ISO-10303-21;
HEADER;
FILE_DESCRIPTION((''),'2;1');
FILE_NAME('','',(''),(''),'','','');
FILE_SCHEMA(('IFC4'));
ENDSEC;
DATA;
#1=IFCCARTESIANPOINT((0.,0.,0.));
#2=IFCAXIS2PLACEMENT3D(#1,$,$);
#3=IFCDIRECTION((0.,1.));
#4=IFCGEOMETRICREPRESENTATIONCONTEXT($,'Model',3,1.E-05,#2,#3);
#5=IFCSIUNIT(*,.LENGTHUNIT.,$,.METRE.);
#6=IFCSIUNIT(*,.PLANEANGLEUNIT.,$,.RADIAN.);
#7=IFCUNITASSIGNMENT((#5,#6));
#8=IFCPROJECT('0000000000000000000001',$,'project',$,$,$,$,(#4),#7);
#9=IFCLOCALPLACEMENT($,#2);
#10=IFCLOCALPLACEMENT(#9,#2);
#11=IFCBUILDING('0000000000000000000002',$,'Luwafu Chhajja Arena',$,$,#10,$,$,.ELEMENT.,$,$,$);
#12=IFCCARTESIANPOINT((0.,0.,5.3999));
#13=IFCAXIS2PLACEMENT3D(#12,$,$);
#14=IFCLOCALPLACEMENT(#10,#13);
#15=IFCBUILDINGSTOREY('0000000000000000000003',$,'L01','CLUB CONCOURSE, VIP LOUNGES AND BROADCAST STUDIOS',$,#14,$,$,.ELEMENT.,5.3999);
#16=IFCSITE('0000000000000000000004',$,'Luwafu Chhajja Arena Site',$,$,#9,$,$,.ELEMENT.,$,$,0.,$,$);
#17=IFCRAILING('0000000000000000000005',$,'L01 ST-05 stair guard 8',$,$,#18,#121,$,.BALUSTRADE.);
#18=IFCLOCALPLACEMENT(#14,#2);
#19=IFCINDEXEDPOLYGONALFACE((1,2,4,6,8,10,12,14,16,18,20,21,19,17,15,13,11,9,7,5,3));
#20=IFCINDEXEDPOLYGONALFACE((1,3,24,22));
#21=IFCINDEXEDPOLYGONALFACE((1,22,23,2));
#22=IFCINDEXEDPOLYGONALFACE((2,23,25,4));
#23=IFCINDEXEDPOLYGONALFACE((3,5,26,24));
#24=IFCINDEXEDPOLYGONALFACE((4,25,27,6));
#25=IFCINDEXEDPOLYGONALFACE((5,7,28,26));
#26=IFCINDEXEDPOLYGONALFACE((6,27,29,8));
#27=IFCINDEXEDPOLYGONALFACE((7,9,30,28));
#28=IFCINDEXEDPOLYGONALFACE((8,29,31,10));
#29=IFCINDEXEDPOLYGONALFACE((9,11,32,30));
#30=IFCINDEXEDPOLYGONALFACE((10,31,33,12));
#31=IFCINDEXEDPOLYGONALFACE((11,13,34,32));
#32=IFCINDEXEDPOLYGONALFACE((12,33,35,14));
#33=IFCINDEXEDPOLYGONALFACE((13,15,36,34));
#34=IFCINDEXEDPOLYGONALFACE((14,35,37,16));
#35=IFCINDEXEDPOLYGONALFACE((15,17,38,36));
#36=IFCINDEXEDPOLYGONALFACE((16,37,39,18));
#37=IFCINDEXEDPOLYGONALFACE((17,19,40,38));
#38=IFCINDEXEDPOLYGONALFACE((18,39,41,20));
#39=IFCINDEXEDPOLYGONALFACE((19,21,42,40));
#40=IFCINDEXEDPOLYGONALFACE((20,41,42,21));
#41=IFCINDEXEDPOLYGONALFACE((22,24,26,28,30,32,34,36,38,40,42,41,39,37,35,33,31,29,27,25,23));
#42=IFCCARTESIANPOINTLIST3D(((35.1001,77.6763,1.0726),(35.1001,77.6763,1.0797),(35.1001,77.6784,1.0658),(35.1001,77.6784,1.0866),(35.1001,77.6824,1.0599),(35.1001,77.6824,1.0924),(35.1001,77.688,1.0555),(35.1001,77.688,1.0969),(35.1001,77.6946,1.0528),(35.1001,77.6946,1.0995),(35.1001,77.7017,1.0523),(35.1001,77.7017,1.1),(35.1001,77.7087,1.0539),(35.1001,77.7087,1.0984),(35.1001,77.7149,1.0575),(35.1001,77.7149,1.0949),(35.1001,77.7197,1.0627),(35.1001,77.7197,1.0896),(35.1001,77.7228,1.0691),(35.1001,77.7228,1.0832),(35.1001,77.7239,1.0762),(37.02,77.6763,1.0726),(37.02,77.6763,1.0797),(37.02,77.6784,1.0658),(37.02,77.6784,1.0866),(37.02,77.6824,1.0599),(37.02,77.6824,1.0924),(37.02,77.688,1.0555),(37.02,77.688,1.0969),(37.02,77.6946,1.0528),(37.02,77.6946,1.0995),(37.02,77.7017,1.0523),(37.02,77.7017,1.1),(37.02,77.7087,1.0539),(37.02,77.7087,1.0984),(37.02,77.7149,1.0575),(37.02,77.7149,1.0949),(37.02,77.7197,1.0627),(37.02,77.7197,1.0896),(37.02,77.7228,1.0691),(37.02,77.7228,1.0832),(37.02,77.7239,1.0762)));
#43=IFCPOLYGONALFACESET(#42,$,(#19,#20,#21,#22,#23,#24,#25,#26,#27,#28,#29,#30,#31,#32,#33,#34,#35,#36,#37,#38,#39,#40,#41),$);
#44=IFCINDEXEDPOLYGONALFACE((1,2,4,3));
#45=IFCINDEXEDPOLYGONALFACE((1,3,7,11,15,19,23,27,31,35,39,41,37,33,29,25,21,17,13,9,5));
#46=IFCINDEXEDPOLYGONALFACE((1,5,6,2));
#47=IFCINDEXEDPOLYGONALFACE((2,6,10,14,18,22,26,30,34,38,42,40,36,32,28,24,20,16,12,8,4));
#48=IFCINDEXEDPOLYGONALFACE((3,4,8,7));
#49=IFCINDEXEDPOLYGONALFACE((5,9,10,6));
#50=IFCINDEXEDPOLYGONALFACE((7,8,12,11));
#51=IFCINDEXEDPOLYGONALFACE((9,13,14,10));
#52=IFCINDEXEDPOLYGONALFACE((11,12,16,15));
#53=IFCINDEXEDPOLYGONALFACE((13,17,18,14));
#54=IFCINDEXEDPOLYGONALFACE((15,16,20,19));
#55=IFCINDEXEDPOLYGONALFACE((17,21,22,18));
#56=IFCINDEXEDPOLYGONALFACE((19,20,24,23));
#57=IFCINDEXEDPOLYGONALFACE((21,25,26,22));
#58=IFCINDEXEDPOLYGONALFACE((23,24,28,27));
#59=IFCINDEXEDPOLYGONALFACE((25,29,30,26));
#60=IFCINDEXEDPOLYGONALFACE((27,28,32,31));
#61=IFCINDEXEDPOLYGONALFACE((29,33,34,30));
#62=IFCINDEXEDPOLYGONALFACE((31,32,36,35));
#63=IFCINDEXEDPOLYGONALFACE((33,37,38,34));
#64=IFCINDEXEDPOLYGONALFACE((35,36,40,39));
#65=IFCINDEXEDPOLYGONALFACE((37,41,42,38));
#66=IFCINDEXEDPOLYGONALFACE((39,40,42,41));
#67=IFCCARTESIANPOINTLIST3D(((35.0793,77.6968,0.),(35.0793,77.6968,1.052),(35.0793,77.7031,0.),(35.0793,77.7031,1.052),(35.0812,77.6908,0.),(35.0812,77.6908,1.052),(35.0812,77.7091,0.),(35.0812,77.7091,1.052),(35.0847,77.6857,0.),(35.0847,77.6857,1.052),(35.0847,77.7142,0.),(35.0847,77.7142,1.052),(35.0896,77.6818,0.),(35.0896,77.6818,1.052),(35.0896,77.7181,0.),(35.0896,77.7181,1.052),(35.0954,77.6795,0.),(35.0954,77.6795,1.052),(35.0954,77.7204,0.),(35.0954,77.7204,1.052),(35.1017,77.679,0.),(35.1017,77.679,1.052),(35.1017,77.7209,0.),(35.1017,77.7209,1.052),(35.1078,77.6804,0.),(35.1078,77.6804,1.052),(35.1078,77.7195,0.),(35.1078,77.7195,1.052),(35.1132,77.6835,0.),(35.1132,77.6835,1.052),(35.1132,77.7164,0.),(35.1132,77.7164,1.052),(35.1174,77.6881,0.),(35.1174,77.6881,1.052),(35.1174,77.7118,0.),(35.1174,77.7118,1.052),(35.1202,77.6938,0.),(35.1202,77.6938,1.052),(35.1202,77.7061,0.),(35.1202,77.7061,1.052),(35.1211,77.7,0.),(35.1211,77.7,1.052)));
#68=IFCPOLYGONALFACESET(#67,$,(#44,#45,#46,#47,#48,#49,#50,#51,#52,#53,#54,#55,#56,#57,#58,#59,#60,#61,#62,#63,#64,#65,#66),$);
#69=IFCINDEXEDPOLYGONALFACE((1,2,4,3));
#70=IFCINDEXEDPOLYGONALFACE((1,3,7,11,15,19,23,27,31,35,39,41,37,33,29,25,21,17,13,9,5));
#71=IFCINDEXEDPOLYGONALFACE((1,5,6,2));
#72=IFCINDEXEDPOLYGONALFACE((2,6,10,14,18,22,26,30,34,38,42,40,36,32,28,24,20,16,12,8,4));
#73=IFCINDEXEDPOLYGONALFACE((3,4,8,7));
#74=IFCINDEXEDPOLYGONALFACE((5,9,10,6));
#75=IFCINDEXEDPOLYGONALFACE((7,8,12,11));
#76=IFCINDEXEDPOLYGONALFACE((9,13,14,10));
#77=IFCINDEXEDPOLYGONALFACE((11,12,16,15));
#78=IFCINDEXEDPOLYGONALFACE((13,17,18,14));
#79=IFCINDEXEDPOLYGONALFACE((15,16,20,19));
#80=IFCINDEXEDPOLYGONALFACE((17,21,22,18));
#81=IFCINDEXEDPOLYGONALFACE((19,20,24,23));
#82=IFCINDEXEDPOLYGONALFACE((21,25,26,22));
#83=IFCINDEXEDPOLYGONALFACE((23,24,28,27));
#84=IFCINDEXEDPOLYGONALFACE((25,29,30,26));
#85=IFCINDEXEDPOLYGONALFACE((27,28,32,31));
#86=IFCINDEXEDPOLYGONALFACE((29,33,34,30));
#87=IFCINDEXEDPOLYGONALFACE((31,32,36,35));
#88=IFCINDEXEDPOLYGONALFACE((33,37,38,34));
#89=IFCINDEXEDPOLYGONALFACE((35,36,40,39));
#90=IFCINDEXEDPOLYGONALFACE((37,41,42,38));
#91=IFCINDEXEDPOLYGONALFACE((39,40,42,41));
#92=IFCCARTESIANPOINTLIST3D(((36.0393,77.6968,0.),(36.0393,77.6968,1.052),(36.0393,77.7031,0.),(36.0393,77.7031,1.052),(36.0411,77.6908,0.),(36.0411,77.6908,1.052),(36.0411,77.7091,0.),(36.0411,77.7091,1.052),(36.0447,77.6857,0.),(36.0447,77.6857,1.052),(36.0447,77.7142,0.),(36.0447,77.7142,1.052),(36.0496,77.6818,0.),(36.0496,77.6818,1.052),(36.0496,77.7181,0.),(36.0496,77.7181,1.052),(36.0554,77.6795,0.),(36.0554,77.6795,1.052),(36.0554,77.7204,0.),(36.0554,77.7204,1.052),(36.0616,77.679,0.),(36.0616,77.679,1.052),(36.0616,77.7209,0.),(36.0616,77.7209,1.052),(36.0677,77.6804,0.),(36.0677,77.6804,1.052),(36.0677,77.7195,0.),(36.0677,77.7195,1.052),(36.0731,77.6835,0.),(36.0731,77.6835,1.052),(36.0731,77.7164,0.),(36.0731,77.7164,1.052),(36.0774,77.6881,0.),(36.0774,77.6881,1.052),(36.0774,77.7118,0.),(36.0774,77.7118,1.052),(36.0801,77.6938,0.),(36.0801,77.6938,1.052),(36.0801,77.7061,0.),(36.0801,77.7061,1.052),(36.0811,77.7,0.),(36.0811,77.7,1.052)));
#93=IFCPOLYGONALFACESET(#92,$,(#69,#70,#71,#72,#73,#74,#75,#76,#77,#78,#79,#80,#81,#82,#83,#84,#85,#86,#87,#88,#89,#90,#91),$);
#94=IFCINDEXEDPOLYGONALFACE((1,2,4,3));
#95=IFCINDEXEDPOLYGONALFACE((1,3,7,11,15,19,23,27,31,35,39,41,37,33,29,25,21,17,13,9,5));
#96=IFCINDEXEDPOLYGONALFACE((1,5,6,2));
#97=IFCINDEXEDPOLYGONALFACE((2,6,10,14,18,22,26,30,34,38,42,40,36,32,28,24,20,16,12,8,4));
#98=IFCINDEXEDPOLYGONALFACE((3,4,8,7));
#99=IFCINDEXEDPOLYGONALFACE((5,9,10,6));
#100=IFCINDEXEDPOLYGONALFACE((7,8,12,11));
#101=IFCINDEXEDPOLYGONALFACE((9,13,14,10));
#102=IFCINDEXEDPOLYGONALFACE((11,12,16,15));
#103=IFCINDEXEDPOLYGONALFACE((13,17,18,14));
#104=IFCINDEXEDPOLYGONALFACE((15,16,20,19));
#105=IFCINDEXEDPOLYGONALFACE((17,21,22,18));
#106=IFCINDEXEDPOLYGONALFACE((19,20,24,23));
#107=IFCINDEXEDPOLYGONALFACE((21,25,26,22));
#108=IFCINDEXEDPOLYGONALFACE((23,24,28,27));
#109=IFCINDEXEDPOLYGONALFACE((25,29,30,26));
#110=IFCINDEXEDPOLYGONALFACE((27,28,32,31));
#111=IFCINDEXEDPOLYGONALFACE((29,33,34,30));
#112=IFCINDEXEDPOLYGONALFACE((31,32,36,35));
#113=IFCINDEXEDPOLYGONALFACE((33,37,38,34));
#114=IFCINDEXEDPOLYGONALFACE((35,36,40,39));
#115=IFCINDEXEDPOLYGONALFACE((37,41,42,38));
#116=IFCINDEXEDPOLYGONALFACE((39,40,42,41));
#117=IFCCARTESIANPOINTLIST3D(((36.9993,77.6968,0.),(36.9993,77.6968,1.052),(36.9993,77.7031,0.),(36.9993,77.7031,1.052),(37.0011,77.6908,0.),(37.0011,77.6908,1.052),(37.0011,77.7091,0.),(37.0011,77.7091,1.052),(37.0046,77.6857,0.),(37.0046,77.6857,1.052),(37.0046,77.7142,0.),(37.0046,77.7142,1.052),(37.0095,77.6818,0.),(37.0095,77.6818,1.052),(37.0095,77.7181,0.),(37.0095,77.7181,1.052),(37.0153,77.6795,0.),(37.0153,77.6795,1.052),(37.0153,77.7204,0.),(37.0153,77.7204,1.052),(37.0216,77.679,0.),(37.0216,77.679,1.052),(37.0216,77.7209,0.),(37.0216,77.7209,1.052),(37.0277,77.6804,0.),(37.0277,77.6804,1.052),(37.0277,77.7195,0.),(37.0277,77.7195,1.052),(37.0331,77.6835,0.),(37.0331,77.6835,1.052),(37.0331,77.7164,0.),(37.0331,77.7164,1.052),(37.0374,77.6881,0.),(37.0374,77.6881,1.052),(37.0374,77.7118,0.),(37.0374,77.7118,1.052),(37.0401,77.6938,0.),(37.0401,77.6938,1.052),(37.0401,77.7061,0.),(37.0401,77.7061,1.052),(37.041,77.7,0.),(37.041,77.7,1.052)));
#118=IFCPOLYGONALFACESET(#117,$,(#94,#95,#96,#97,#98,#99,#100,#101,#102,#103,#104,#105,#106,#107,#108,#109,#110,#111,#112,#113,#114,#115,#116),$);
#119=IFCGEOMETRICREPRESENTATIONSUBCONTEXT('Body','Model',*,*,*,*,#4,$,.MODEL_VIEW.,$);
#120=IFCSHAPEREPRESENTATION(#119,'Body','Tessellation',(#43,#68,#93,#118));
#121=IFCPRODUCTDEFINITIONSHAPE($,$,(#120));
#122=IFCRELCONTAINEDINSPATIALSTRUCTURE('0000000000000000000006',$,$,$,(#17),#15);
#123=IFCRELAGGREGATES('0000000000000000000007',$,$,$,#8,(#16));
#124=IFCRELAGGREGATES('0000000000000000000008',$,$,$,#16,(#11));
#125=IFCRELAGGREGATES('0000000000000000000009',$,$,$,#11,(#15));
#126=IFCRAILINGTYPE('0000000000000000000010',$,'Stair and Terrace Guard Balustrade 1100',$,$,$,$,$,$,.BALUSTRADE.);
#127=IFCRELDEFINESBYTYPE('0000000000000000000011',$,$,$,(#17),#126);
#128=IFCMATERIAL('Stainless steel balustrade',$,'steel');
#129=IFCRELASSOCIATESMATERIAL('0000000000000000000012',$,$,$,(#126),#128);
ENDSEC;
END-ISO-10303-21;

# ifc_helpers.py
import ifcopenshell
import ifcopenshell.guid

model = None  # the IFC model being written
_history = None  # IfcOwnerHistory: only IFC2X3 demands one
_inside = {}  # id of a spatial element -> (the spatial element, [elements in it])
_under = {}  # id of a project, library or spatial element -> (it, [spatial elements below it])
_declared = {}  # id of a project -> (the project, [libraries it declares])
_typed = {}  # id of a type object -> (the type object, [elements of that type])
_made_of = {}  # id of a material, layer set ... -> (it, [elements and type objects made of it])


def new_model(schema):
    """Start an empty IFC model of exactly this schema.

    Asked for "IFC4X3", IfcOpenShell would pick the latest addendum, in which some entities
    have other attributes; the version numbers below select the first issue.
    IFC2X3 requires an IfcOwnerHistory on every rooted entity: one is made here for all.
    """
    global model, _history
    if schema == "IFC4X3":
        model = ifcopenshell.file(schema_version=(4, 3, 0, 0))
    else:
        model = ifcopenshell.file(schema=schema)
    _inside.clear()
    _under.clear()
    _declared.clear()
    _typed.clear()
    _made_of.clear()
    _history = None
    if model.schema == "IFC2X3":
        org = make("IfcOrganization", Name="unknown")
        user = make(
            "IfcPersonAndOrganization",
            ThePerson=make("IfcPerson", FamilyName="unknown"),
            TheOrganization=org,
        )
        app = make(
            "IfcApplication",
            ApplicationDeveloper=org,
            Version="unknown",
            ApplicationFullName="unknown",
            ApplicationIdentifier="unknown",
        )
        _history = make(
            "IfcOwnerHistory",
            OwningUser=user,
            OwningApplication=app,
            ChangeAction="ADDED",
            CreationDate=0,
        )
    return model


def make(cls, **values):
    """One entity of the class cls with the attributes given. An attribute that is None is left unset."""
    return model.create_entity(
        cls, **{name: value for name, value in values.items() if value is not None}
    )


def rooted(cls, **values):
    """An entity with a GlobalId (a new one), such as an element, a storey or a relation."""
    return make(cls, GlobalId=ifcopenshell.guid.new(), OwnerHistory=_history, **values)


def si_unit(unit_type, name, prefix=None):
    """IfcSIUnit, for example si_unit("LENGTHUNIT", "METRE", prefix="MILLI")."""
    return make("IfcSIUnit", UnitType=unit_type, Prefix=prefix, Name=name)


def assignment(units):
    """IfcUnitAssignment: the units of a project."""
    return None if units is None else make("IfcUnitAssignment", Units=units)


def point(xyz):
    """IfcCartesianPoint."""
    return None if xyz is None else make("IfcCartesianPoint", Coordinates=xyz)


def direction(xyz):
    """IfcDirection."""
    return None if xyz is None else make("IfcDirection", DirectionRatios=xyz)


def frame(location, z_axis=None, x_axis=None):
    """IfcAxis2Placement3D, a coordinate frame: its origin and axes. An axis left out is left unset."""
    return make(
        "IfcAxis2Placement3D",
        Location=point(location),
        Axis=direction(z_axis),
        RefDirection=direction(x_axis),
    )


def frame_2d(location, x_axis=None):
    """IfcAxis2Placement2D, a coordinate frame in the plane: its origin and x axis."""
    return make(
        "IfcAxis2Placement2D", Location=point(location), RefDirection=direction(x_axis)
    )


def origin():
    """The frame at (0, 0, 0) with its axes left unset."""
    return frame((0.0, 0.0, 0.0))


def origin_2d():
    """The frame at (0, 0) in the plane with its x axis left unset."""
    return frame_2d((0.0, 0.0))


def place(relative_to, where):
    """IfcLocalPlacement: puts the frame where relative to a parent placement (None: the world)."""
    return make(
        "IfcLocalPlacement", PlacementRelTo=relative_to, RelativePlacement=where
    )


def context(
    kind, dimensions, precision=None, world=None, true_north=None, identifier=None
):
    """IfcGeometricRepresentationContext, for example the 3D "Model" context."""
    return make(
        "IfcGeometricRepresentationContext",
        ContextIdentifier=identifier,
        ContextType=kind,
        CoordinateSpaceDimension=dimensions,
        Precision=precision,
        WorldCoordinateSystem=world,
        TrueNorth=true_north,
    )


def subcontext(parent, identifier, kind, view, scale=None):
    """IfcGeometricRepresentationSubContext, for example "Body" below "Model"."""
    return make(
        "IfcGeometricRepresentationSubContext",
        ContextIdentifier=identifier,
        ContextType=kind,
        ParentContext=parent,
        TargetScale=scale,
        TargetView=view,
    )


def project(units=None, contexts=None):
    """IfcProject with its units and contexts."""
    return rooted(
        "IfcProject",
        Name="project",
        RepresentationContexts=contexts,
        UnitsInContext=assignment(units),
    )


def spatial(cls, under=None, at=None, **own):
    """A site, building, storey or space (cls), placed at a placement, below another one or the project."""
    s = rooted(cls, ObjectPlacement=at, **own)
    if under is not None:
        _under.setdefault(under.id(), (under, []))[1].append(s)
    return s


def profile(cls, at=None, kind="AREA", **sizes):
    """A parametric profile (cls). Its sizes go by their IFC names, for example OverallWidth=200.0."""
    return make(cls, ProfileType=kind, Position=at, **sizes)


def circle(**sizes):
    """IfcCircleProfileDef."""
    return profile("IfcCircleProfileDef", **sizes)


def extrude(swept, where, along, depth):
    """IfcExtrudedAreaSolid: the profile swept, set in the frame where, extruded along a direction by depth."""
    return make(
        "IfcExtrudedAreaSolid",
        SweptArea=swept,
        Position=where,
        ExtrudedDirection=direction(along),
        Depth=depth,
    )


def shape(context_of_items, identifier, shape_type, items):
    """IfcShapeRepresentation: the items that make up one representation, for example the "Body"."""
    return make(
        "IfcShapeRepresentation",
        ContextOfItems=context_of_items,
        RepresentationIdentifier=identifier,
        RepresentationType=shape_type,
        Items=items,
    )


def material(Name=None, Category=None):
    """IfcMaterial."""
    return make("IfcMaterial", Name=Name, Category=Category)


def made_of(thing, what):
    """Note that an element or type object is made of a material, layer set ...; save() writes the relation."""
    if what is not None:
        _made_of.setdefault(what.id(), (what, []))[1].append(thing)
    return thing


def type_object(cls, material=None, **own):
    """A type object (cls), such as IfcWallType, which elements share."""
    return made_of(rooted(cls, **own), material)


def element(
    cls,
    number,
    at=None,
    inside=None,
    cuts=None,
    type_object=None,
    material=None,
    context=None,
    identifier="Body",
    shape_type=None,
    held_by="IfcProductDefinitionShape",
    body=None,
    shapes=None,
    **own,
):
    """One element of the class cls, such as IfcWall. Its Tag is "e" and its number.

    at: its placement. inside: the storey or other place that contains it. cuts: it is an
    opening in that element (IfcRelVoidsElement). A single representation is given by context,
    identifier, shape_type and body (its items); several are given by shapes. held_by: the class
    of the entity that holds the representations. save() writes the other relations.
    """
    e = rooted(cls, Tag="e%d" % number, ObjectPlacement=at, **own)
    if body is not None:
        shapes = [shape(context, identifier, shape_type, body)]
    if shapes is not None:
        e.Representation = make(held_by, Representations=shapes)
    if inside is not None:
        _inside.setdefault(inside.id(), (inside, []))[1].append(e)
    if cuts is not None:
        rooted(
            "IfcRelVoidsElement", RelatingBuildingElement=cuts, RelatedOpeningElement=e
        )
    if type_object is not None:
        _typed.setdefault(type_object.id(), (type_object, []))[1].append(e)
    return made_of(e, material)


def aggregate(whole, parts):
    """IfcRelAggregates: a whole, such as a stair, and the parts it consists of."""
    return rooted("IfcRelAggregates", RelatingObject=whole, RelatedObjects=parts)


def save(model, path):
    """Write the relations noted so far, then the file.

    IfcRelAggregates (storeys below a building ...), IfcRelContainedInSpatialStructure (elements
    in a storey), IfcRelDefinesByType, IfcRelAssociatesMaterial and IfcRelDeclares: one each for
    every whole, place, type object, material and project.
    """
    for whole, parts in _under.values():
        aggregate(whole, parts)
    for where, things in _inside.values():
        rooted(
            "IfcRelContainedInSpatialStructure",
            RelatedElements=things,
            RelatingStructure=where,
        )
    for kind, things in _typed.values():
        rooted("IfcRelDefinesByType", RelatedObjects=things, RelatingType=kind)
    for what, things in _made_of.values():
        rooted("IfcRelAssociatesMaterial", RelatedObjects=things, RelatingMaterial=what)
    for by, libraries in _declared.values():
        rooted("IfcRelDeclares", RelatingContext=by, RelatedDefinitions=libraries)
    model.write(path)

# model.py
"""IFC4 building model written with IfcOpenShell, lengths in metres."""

from ifc_helpers import new_model, si_unit, direction, frame, origin, origin_2d, place, context, subcontext, project, spatial, circle, extrude, material, type_object, element, save


model = new_model("IFC4")

# Units and contexts
model_context = context("Model", 3, precision=1e-05, world=origin(), true_north=direction((0.0, 1.0)))
body_context = subcontext(model_context, "Body", "Model", "MODEL_VIEW")
ifc_project = project(units=[si_unit("LENGTHUNIT", "METRE"), si_unit("PLANEANGLEUNIT", "RADIAN")], contexts=[model_context])

# Site, building, storey
site_placement = place(None, origin())
site = spatial("IfcSite", under=ifc_project, at=site_placement, Name="Luwafu Chhajja Arena Site", CompositionType="ELEMENT", RefElevation=0.0)
building_placement = place(site_placement, origin())
building = spatial("IfcBuilding", under=site, at=building_placement, Name="Luwafu Chhajja Arena", CompositionType="ELEMENT")
storey_placement = place(building_placement, frame((0.0, 0.0, 5.3999)))
storey = spatial("IfcBuildingStorey", under=building, at=storey_placement, Name="L01", Description="CLUB CONCOURSE, VIP LOUNGES AND BROADCAST STUDIOS", CompositionType="ELEMENT", Elevation=5.3999)

# Railing
ifc_material_1 = material(Name="Stainless steel balustrade", Category="steel")
railing_type_1 = type_object("IfcRailingType", Name="Stair and Terrace Guard Balustrade 1100", PredefinedType="BALUSTRADE", material=ifc_material_1)
railing_1_placement = place(storey_placement, frame((35.1001, 77.7, 0.0)))
element("IfcRailing", 1, at=railing_1_placement, inside=storey, type_object=railing_type_1, Name="L01 ST-05 stair guard 8", PredefinedType="BALUSTRADE", context=body_context, shape_type="SweptSolid", body=[
    extrude(circle(Radius=0.0239, at=origin_2d()), frame((0.0, 0.0, 1.0762), z_axis=(1.0, 0.0, 0.0), x_axis=(0.0, 1.0, 0.0)), (0.0, 0.0, 1.0), 1.9199),
    extrude(circle(Radius=0.021, at=origin_2d()), origin(), (0.0, 0.0, 1.0), 1.052),
    extrude(circle(Radius=0.021, at=origin_2d()), frame((0.96, 0.0, 0.0)), (0.0, 0.0, 1.0), 1.052),
    extrude(circle(Radius=0.021, at=origin_2d()), frame((1.9199, 0.0, 0.0)), (0.0, 0.0, 1.0), 1.052),
])

save(model, "model.ifc")
